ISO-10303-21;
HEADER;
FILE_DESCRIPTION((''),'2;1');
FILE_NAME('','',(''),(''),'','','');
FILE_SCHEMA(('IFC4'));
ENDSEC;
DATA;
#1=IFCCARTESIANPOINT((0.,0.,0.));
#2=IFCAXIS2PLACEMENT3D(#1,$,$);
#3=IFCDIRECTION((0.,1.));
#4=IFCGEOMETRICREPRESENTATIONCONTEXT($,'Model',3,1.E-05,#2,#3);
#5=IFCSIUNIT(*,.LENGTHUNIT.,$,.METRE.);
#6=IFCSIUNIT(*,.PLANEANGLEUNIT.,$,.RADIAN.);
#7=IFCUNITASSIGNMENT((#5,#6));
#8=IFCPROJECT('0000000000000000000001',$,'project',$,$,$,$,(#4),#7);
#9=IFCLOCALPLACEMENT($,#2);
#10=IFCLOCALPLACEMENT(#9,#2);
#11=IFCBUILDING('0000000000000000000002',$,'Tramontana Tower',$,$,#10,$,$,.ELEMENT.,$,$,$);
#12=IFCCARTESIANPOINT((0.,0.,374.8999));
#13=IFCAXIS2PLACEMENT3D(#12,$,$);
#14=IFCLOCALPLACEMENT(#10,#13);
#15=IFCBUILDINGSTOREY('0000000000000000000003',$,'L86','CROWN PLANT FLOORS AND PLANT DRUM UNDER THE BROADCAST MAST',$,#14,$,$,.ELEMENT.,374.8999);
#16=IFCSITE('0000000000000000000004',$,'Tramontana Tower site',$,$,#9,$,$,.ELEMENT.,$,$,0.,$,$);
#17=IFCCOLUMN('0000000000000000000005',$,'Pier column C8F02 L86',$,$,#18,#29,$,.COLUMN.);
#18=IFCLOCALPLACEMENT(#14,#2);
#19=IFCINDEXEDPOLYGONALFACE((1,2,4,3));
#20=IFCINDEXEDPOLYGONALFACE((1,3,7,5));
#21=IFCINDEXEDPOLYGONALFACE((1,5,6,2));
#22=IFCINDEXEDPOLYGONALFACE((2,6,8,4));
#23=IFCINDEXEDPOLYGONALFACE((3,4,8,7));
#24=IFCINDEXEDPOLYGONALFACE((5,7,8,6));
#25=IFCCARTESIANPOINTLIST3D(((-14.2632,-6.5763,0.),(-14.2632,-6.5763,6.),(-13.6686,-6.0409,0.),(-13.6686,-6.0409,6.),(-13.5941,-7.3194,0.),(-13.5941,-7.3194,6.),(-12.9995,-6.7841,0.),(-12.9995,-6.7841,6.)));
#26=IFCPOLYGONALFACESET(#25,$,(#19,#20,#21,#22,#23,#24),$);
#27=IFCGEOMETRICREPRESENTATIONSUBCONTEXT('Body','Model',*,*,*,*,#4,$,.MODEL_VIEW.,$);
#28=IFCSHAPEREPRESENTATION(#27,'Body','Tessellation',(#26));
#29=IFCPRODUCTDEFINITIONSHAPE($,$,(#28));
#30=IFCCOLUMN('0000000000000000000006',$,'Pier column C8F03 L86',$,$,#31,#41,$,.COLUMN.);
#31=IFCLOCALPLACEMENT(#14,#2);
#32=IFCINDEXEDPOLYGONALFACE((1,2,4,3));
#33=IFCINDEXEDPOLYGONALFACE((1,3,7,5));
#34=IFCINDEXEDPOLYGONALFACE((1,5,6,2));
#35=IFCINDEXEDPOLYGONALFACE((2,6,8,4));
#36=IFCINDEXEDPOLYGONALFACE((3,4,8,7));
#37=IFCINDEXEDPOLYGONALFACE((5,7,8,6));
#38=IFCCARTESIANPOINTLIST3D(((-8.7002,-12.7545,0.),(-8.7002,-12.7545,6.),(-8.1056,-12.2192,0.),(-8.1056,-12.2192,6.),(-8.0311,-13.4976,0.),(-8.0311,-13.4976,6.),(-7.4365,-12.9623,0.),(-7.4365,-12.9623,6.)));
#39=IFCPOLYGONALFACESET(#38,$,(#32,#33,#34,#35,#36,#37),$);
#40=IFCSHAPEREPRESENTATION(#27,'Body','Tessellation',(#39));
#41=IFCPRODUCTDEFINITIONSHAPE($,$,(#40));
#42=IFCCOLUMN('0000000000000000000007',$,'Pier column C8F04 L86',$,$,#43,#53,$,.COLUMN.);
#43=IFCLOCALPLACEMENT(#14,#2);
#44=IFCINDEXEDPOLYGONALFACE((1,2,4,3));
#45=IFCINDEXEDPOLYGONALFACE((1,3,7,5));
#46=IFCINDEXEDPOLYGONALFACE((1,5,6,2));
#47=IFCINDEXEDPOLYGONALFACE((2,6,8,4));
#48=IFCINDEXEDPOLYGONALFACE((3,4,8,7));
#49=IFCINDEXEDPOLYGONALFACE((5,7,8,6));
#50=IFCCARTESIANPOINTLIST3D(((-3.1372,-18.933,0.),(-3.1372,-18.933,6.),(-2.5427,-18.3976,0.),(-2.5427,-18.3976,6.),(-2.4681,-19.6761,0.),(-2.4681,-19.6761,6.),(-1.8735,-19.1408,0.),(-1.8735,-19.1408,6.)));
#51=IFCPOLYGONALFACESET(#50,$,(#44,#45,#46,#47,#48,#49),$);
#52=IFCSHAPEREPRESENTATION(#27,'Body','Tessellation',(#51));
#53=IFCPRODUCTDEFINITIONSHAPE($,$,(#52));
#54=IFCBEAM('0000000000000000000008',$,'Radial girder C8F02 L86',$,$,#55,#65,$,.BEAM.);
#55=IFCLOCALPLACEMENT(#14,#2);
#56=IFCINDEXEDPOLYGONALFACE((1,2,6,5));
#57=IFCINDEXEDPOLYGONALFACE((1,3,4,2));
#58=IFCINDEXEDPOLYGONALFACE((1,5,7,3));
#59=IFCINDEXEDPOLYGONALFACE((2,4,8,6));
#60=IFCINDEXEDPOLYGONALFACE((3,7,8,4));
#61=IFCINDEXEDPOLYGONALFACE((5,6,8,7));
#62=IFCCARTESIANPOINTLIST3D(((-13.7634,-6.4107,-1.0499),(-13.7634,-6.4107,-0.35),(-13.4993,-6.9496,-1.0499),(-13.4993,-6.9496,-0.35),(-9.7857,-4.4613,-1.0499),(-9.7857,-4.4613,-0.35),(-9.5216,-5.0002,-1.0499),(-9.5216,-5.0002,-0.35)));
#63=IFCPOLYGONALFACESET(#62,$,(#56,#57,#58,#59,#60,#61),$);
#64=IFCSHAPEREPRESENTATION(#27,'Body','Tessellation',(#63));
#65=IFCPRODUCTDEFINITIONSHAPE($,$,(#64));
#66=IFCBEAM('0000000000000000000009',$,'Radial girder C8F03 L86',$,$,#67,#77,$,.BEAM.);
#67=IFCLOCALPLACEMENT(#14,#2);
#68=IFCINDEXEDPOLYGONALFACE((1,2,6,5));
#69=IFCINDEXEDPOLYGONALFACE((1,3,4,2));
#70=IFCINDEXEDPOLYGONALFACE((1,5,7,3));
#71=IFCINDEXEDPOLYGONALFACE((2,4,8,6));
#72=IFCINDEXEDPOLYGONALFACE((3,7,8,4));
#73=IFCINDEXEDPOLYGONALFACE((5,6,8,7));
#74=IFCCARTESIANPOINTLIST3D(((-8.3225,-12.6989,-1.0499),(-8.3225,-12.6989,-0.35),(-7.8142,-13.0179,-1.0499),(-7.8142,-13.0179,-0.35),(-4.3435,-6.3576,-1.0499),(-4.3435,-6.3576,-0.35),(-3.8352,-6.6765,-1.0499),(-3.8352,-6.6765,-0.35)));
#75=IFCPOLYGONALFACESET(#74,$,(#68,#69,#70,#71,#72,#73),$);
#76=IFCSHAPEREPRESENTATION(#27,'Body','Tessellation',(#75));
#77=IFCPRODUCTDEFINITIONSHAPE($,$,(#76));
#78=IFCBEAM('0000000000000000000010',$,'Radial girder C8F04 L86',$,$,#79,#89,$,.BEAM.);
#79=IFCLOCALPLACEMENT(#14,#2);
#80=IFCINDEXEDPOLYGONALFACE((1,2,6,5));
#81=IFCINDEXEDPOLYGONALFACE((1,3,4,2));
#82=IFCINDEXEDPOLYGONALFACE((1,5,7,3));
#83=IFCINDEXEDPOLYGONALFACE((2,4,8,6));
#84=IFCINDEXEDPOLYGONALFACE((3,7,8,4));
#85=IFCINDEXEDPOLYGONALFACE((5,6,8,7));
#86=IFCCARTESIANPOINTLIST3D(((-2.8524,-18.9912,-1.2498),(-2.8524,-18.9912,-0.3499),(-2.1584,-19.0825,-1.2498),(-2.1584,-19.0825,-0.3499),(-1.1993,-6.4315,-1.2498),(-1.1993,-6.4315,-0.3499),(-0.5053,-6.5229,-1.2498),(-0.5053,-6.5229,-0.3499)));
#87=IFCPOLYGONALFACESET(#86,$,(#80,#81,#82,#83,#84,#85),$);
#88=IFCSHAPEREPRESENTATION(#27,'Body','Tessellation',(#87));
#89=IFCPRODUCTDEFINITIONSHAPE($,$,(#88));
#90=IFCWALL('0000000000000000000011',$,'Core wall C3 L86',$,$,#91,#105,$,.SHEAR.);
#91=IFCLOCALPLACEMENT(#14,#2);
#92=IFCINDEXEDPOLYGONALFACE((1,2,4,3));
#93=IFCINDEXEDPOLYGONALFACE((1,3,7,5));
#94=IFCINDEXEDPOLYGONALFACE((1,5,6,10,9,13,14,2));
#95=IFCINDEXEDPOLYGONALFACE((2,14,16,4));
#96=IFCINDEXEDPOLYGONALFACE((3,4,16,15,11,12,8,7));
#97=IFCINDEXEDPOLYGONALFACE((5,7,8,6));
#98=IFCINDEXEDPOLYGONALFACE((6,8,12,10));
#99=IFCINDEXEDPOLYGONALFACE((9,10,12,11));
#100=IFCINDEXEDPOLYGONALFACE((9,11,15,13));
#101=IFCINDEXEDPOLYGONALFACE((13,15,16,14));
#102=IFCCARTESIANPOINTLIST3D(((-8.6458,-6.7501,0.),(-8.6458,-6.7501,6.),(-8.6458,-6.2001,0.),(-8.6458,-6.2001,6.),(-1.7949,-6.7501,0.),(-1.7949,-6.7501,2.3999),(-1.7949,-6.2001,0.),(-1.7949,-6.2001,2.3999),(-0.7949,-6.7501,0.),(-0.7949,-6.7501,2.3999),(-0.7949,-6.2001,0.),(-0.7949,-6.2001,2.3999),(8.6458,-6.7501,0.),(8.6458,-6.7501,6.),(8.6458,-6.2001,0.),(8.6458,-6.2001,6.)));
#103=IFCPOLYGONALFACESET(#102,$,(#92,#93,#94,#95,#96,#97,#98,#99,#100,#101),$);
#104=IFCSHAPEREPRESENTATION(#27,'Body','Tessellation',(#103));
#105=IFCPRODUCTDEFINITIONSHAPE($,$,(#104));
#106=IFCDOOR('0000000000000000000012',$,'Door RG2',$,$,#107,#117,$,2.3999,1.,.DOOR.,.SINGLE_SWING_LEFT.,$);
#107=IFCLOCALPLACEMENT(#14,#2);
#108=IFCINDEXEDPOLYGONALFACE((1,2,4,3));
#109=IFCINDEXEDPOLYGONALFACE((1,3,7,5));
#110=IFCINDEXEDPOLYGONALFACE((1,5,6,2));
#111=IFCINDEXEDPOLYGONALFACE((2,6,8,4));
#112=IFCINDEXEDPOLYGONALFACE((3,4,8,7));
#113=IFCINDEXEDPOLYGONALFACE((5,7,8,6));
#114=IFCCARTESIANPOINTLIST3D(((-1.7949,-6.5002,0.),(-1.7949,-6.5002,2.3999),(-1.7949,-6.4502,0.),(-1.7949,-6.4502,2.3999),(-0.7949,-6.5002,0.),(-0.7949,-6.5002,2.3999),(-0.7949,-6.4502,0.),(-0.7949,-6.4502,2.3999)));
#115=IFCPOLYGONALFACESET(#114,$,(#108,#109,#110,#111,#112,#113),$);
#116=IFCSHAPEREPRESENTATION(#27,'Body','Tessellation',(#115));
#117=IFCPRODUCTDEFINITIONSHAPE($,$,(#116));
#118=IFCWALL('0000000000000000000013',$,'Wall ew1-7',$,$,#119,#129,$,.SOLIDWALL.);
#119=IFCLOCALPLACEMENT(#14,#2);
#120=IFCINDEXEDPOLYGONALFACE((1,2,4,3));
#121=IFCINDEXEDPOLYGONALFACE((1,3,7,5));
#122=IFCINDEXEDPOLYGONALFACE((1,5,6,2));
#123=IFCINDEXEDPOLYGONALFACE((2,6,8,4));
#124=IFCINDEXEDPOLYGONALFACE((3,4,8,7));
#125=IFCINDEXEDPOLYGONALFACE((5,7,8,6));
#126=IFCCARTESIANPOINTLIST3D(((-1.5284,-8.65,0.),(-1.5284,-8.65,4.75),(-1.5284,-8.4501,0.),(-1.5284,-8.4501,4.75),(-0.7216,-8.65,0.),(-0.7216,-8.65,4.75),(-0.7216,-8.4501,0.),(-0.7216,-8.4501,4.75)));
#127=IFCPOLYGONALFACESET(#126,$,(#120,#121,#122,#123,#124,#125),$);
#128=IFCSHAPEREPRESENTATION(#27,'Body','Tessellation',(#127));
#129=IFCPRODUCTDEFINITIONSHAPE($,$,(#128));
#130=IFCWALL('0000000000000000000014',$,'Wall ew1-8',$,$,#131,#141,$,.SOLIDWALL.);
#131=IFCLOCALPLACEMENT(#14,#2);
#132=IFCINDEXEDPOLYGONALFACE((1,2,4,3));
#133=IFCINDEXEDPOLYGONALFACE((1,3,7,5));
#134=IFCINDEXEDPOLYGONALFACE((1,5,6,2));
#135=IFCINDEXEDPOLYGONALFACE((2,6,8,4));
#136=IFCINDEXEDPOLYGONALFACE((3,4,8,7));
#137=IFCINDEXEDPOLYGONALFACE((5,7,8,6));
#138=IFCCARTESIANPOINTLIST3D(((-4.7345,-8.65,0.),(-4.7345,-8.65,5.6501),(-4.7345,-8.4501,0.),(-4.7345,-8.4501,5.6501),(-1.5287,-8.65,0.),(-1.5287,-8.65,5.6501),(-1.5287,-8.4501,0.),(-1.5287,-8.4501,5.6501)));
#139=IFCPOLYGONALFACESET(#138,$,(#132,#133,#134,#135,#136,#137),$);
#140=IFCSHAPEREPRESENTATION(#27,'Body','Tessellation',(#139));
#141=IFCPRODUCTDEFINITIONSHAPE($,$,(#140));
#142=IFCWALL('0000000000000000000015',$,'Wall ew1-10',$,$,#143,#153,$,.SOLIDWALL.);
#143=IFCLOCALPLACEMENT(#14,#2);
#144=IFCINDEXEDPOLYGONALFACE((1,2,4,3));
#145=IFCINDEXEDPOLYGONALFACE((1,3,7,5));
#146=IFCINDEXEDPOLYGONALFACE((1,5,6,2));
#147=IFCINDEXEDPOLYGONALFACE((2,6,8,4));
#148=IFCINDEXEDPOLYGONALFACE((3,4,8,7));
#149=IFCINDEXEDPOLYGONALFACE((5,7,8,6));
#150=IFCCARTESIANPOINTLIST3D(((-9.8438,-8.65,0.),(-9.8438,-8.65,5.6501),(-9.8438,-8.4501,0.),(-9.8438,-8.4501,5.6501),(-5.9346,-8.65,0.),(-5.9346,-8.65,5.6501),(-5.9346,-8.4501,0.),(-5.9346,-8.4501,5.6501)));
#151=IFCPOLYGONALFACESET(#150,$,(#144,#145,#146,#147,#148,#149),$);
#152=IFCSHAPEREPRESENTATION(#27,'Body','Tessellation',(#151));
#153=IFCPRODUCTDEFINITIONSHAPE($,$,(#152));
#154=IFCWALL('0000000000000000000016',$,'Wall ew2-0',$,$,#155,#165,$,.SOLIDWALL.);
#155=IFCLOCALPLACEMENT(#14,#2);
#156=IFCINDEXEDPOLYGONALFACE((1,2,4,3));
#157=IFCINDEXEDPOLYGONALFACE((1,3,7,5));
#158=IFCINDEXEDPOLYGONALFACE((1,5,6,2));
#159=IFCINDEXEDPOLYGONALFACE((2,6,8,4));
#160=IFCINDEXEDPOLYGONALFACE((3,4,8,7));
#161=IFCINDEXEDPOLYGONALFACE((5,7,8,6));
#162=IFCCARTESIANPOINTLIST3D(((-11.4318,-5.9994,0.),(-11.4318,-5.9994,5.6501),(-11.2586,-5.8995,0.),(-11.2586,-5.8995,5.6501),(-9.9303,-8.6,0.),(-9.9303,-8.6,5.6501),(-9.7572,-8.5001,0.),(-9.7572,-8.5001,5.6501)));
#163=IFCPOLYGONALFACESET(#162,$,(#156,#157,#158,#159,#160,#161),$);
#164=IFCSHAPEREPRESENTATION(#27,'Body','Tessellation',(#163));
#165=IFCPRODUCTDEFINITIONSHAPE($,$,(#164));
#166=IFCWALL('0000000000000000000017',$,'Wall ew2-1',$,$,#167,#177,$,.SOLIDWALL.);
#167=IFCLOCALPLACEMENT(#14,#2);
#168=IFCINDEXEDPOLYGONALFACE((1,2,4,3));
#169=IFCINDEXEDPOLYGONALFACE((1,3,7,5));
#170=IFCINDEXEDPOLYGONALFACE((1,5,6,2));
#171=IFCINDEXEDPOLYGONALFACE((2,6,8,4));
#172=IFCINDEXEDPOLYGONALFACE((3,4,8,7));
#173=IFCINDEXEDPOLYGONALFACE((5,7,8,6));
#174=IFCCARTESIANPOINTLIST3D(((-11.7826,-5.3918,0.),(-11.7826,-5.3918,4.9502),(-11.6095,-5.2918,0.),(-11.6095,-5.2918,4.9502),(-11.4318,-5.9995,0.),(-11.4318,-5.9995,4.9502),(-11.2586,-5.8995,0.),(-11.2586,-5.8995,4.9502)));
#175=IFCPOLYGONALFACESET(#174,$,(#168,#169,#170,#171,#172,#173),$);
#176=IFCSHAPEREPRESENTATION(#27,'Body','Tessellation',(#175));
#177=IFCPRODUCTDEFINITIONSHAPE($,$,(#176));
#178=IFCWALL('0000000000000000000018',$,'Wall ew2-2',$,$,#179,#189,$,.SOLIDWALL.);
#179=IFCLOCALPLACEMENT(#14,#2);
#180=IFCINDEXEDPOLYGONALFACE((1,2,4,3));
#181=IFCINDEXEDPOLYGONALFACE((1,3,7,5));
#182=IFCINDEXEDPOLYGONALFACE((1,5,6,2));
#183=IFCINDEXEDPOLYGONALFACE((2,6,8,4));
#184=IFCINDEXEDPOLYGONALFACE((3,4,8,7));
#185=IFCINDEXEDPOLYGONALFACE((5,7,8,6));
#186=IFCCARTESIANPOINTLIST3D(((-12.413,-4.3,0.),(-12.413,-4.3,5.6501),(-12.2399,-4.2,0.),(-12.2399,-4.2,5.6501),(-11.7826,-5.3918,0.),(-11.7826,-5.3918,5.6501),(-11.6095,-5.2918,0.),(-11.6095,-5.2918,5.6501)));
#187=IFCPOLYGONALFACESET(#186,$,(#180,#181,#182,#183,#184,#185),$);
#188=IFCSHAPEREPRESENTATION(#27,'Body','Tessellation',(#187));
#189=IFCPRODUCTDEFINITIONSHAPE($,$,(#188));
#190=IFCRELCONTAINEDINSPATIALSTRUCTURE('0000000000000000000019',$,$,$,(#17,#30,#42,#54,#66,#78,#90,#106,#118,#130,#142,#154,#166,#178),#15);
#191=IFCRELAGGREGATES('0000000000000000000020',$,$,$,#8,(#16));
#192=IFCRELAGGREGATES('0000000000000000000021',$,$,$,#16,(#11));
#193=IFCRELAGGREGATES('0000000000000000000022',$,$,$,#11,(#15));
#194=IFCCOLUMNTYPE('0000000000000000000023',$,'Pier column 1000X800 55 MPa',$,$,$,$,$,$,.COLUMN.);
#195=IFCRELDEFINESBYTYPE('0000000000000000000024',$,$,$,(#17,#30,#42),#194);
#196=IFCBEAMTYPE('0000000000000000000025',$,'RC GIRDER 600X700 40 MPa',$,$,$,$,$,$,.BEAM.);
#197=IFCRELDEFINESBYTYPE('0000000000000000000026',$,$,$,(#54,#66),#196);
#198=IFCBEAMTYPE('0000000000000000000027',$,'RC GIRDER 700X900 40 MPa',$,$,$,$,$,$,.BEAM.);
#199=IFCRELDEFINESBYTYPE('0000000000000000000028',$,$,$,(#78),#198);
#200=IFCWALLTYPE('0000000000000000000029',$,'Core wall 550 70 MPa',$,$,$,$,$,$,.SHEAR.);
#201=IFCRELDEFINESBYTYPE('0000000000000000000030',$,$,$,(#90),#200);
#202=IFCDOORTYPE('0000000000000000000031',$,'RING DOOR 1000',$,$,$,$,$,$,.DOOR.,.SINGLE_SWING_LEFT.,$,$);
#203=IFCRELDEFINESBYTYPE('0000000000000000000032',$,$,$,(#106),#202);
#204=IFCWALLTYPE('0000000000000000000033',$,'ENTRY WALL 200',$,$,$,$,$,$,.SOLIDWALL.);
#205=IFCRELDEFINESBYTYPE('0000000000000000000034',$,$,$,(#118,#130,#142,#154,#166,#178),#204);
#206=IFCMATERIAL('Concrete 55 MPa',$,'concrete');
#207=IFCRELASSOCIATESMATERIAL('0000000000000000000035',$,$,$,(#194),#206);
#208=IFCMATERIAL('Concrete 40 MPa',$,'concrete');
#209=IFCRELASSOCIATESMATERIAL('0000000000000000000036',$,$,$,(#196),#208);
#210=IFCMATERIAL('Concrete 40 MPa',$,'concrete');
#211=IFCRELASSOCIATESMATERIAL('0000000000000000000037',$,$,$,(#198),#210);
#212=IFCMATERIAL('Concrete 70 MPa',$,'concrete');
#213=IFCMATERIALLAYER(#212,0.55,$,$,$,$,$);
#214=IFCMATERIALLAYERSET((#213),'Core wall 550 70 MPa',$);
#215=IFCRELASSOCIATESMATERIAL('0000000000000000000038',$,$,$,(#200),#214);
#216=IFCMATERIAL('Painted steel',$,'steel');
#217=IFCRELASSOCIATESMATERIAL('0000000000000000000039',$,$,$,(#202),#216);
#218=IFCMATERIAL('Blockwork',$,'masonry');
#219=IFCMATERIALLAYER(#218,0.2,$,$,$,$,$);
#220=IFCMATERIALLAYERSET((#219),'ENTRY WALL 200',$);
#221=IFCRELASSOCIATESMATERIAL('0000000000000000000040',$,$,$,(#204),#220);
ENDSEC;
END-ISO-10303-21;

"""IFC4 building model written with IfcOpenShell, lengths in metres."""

from ifc_helpers import new_model, si_unit, direction, frame, frame_2d, origin, origin_2d, place, context, subcontext, project, spatial, rectangle, extrude, material, layer, layer_set, material_profile, profile_set, type_object, element, fill, save


model = new_model("IFC4")

# Units and contexts
model_context = context("Model", 3, precision=1e-05, world=origin(), true_north=direction((0.0, 1.0)))
body_context = subcontext(model_context, "Body", "Model", "MODEL_VIEW")
ifc_project = project(units=[si_unit("LENGTHUNIT", "METRE"), si_unit("PLANEANGLEUNIT", "RADIAN")], contexts=[model_context])

# Site, building, storey
site_placement = place(None, origin())
site = spatial("IfcSite", under=ifc_project, at=site_placement, Name="Tramontana Tower site", CompositionType="ELEMENT", RefElevation=0.0)
building_placement = place(site_placement, origin())
building = spatial("IfcBuilding", under=site, at=building_placement, Name="Tramontana Tower", CompositionType="ELEMENT")
storey_placement = place(building_placement, frame((0.0, 0.0, 374.8999)))
storey = spatial("IfcBuildingStorey", under=building, at=storey_placement, Name="L86", Description="CROWN PLANT FLOORS AND PLANT DRUM UNDER THE BROADCAST MAST", CompositionType="ELEMENT", Elevation=374.8999)

# Columns
ifc_material_1 = material(Name="Concrete 55 MPa", Category="concrete")
ifc_material_profile_1 = material_profile(ifc_material_1, rectangle(XDim=1.0, YDim=0.8, at=origin_2d()), Name="Pier column 1000X800 55 MPa")
ifc_profile_set_1 = profile_set([ifc_material_profile_1], Name="Concrete 55 MPa")
column_type = type_object("IfcColumnType", Name="Pier column 1000X800 55 MPa", PredefinedType="COLUMN", material=ifc_profile_set_1)
for number, where, z_axis, x_axis, name in (
    (1, (-13.6313, -6.6802, 0.0), (0.0, 0.0, 1.0), (0.669131, -0.743145, 0.0), "Pier column C8F02 L86"),
    (2, (-8.0684, -12.8584, 0.0), (0.0, 0.0, 1.0), (0.669131, -0.743145, 0.0), "Pier column C8F03 L86"),
    (3, (-2.5054, -19.0369, 0.0), (0.0, 0.0, 1.0), (0.669131, -0.743145, 0.0), "Pier column C8F04 L86"),
):
    element("IfcColumn", number, at=place(storey_placement, frame(where, z_axis=z_axis, x_axis=x_axis)), inside=storey, type_object=column_type, Name=name, PredefinedType="COLUMN", context=body_context, shape_type="SweptSolid", body=[
        extrude(rectangle(XDim=1.0, YDim=0.8, at=origin_2d()), origin(), (0.0, 0.0, 1.0), 6.0),
    ])

# Beams
ifc_material_2 = material(Name="Concrete 40 MPa", Category="concrete")
ifc_material_profile_2 = material_profile(ifc_material_2, rectangle(XDim=0.6001, YDim=0.7, at=origin_2d()), Name="RC GIRDER 600X700 40 MPa")
ifc_profile_set_2 = profile_set([ifc_material_profile_2], Name="Concrete 40 MPa")
beam_type_1 = type_object("IfcBeamType", Name="RC GIRDER 600X700 40 MPa", PredefinedType="BEAM", material=ifc_profile_set_2)
beam_1_placement = place(storey_placement, frame((-13.6313, -6.6802, -0.7), z_axis=(0.897959, 0.440079, 0.0), x_axis=(-0.440079, 0.897959, 0.0)))
element("IfcBeam", 4, at=beam_1_placement, inside=storey, type_object=beam_type_1, Name="Radial girder C8F02 L86", PredefinedType="BEAM", context=body_context, shape_type="SweptSolid", body=[
    extrude(rectangle(XDim=0.6001, YDim=0.7, at=origin_2d()), origin(), (0.0, 0.0, 1.0), 4.4297),
])
beam_2_placement = place(storey_placement, frame((-8.0684, -12.8584, -0.7), z_axis=(0.531505, 0.847055, 0.0), x_axis=(-0.847055, 0.531505, 0.0)))
element("IfcBeam", 5, at=beam_2_placement, inside=storey, type_object=beam_type_1, Name="Radial girder C8F03 L86", PredefinedType="BEAM", context=body_context, shape_type="SweptSolid", body=[
    extrude(rectangle(XDim=0.6001, YDim=0.7, at=origin_2d()), origin(), (0.0, 0.0, 1.0), 7.4863),
])
ifc_material_3 = material(Name="Concrete 40 MPa", Category="concrete")
ifc_material_profile_3 = material_profile(ifc_material_3, rectangle(XDim=0.7, YDim=0.8999, at=origin_2d()), Name="RC GIRDER 700X900 40 MPa")
ifc_profile_set_3 = profile_set([ifc_material_profile_3], Name="Concrete 40 MPa")
beam_type_2 = type_object("IfcBeamType", Name="RC GIRDER 700X900 40 MPa", PredefinedType="BEAM", material=ifc_profile_set_3)
beam_3_placement = place(storey_placement, frame((-2.5054, -19.0369, -0.7998), z_axis=(0.130493, 0.991449, 0.0), x_axis=(-0.991449, 0.130493, 0.0)))
element("IfcBeam", 6, at=beam_3_placement, inside=storey, type_object=beam_type_2, Name="Radial girder C8F04 L86", PredefinedType="BEAM", context=body_context, shape_type="SweptSolid", body=[
    extrude(rectangle(XDim=0.7, YDim=0.8999, at=origin_2d()), origin(), (0.0, 0.0, 1.0), 12.668),
])

# Wall, opening, door
ifc_material_4 = material(Name="Concrete 70 MPa", Category="concrete")
ifc_layer_1 = layer(ifc_material_4, 0.55)
ifc_layer_set_1 = layer_set([ifc_layer_1], Name="Core wall 550 70 MPa")
wall_type_1 = type_object("IfcWallType", Name="Core wall 550 70 MPa", PredefinedType="SHEAR", material=ifc_layer_set_1)
wall_1_placement = place(storey_placement, frame((-8.6458, -6.4751, 0.0), z_axis=(0.0, 0.0, 1.0), x_axis=(1.0, 0.0, 0.0)))
wall_1 = element("IfcWall", 7, at=wall_1_placement, inside=storey, type_object=wall_type_1, Name="Core wall C3 L86", PredefinedType="SHEAR", context=body_context, shape_type="SweptSolid", body=[
    extrude(rectangle(XDim=17.2915, YDim=0.55, at=frame_2d((8.6458, 0.0))), origin(), (0.0, 0.0, 1.0), 6.0),
])
opening_1_placement = place(wall_1_placement, frame((6.8508, 0.0, 0.0)))
opening_1 = element("IfcOpeningElement", 8, at=opening_1_placement, cuts=wall_1, PredefinedType="OPENING", context=body_context, shape_type="SweptSolid", body=[
    extrude(rectangle(XDim=1.0, YDim=2.3999, at=frame_2d((0.5, 1.2))), frame((0.0, 0.2849, 0.0), z_axis=(0.0, -1.0, 0.0), x_axis=(1.0, 0.0, 0.0)), (0.0, 0.0, 1.0), 0.5701),
])
ifc_material_5 = material(Name="Painted steel", Category="steel")
door_type_1 = type_object("IfcDoorType", Name="RING DOOR 1000", OperationType="SINGLE_SWING_LEFT", PredefinedType="DOOR", material=ifc_material_5)
door_1_placement = place(opening_1_placement, origin())
door_1 = element("IfcDoor", 9, at=door_1_placement, inside=storey, type_object=door_type_1, Name="Door RG2", OperationType="SINGLE_SWING_LEFT", OverallHeight=2.3999, OverallWidth=1.0, PredefinedType="DOOR", context=body_context, shape_type="SweptSolid", body=[
    extrude(rectangle(XDim=1.0, YDim=2.3999, at=frame_2d((0.5, 1.2))), frame((0.0, 0.0249, 0.0), z_axis=(0.0, -1.0, 0.0), x_axis=(1.0, 0.0, 0.0)), (0.0, 0.0, 1.0), 0.05),
])
fill(opening_1, door_1)

# Walls
ifc_material_6 = material(Name="Blockwork", Category="masonry")
ifc_layer_2 = layer(ifc_material_6, 0.2)
ifc_layer_set_2 = layer_set([ifc_layer_2], Name="ENTRY WALL 200")
wall_type_2 = type_object("IfcWallType", Name="ENTRY WALL 200", PredefinedType="SOLIDWALL", material=ifc_layer_set_2)
wall_2_placement = place(storey_placement, frame((-0.7217, -8.55, 0.0), z_axis=(0.0, 0.0, 1.0), x_axis=(-1.0, 0.0, 0.0)))
element("IfcWall", 10, at=wall_2_placement, inside=storey, type_object=wall_type_2, Name="Wall ew1-7", PredefinedType="SOLIDWALL", context=body_context, shape_type="SweptSolid", body=[
    extrude(rectangle(XDim=0.8069, YDim=0.2, at=frame_2d((0.4033, 0.0))), origin(), (0.0, 0.0, 1.0), 4.75),
])
wall_3_placement = place(storey_placement, frame((-1.5286, -8.55, 0.0), z_axis=(0.0, 0.0, 1.0), x_axis=(-1.0, 0.0, 0.0)))
element("IfcWall", 11, at=wall_3_placement, inside=storey, type_object=wall_type_2, Name="Wall ew1-8", PredefinedType="SOLIDWALL", context=body_context, shape_type="SweptSolid", body=[
    extrude(rectangle(XDim=3.2058, YDim=0.2, at=frame_2d((1.603, 0.0))), origin(), (0.0, 0.0, 1.0), 5.6501),
])

# Walls
wall_4_placement = place(storey_placement, frame((-5.9346, -8.55, 0.0), z_axis=(0.0, 0.0, 1.0), x_axis=(-1.0, 0.0, 0.0)))
element("IfcWall", 12, at=wall_4_placement, inside=storey, type_object=wall_type_2, Name="Wall ew1-10", PredefinedType="SOLIDWALL", context=body_context, shape_type="SweptSolid", body=[
    extrude(rectangle(XDim=3.9092, YDim=0.2, at=frame_2d((1.9546, 0.0))), origin(), (0.0, 0.0, 1.0), 5.6501),
])
wall_5_placement = place(storey_placement, frame((-9.8438, -8.55, 0.0), z_axis=(0.0, 0.0, 1.0), x_axis=(-0.500004, 0.866023, 0.0)))
element("IfcWall", 13, at=wall_5_placement, inside=storey, type_object=wall_type_2, Name="Wall ew2-0", PredefinedType="SOLIDWALL", context=body_context, shape_type="SweptSolid", body=[
    extrude(rectangle(XDim=3.0029, YDim=0.2, at=frame_2d((1.5015, 0.0))), origin(), (0.0, 0.0, 1.0), 5.6501),
])
wall_6_placement = place(storey_placement, frame((-11.3452, -5.9495, 0.0), z_axis=(0.0, 0.0, 1.0), x_axis=(-0.499994, 0.866029, 0.0)))
element("IfcWall", 14, at=wall_6_placement, inside=storey, type_object=wall_type_2, Name="Wall ew2-1", PredefinedType="SOLIDWALL", context=body_context, shape_type="SweptSolid", body=[
    extrude(rectangle(XDim=0.7017, YDim=0.2, at=frame_2d((0.3508, 0.0))), origin(), (0.0, 0.0, 1.0), 4.9502),
])
wall_7_placement = place(storey_placement, frame((-11.696, -5.3418, 0.0), z_axis=(0.0, 0.0, 1.0), x_axis=(-0.500013, 0.866018, 0.0)))
element("IfcWall", 15, at=wall_7_placement, inside=storey, type_object=wall_type_2, Name="Wall ew2-2", PredefinedType="SOLIDWALL", context=body_context, shape_type="SweptSolid", body=[
    extrude(rectangle(XDim=1.2607, YDim=0.2, at=frame_2d((0.6304, 0.0))), origin(), (0.0, 0.0, 1.0), 5.6501),
])

save(model, "model.ifc")
